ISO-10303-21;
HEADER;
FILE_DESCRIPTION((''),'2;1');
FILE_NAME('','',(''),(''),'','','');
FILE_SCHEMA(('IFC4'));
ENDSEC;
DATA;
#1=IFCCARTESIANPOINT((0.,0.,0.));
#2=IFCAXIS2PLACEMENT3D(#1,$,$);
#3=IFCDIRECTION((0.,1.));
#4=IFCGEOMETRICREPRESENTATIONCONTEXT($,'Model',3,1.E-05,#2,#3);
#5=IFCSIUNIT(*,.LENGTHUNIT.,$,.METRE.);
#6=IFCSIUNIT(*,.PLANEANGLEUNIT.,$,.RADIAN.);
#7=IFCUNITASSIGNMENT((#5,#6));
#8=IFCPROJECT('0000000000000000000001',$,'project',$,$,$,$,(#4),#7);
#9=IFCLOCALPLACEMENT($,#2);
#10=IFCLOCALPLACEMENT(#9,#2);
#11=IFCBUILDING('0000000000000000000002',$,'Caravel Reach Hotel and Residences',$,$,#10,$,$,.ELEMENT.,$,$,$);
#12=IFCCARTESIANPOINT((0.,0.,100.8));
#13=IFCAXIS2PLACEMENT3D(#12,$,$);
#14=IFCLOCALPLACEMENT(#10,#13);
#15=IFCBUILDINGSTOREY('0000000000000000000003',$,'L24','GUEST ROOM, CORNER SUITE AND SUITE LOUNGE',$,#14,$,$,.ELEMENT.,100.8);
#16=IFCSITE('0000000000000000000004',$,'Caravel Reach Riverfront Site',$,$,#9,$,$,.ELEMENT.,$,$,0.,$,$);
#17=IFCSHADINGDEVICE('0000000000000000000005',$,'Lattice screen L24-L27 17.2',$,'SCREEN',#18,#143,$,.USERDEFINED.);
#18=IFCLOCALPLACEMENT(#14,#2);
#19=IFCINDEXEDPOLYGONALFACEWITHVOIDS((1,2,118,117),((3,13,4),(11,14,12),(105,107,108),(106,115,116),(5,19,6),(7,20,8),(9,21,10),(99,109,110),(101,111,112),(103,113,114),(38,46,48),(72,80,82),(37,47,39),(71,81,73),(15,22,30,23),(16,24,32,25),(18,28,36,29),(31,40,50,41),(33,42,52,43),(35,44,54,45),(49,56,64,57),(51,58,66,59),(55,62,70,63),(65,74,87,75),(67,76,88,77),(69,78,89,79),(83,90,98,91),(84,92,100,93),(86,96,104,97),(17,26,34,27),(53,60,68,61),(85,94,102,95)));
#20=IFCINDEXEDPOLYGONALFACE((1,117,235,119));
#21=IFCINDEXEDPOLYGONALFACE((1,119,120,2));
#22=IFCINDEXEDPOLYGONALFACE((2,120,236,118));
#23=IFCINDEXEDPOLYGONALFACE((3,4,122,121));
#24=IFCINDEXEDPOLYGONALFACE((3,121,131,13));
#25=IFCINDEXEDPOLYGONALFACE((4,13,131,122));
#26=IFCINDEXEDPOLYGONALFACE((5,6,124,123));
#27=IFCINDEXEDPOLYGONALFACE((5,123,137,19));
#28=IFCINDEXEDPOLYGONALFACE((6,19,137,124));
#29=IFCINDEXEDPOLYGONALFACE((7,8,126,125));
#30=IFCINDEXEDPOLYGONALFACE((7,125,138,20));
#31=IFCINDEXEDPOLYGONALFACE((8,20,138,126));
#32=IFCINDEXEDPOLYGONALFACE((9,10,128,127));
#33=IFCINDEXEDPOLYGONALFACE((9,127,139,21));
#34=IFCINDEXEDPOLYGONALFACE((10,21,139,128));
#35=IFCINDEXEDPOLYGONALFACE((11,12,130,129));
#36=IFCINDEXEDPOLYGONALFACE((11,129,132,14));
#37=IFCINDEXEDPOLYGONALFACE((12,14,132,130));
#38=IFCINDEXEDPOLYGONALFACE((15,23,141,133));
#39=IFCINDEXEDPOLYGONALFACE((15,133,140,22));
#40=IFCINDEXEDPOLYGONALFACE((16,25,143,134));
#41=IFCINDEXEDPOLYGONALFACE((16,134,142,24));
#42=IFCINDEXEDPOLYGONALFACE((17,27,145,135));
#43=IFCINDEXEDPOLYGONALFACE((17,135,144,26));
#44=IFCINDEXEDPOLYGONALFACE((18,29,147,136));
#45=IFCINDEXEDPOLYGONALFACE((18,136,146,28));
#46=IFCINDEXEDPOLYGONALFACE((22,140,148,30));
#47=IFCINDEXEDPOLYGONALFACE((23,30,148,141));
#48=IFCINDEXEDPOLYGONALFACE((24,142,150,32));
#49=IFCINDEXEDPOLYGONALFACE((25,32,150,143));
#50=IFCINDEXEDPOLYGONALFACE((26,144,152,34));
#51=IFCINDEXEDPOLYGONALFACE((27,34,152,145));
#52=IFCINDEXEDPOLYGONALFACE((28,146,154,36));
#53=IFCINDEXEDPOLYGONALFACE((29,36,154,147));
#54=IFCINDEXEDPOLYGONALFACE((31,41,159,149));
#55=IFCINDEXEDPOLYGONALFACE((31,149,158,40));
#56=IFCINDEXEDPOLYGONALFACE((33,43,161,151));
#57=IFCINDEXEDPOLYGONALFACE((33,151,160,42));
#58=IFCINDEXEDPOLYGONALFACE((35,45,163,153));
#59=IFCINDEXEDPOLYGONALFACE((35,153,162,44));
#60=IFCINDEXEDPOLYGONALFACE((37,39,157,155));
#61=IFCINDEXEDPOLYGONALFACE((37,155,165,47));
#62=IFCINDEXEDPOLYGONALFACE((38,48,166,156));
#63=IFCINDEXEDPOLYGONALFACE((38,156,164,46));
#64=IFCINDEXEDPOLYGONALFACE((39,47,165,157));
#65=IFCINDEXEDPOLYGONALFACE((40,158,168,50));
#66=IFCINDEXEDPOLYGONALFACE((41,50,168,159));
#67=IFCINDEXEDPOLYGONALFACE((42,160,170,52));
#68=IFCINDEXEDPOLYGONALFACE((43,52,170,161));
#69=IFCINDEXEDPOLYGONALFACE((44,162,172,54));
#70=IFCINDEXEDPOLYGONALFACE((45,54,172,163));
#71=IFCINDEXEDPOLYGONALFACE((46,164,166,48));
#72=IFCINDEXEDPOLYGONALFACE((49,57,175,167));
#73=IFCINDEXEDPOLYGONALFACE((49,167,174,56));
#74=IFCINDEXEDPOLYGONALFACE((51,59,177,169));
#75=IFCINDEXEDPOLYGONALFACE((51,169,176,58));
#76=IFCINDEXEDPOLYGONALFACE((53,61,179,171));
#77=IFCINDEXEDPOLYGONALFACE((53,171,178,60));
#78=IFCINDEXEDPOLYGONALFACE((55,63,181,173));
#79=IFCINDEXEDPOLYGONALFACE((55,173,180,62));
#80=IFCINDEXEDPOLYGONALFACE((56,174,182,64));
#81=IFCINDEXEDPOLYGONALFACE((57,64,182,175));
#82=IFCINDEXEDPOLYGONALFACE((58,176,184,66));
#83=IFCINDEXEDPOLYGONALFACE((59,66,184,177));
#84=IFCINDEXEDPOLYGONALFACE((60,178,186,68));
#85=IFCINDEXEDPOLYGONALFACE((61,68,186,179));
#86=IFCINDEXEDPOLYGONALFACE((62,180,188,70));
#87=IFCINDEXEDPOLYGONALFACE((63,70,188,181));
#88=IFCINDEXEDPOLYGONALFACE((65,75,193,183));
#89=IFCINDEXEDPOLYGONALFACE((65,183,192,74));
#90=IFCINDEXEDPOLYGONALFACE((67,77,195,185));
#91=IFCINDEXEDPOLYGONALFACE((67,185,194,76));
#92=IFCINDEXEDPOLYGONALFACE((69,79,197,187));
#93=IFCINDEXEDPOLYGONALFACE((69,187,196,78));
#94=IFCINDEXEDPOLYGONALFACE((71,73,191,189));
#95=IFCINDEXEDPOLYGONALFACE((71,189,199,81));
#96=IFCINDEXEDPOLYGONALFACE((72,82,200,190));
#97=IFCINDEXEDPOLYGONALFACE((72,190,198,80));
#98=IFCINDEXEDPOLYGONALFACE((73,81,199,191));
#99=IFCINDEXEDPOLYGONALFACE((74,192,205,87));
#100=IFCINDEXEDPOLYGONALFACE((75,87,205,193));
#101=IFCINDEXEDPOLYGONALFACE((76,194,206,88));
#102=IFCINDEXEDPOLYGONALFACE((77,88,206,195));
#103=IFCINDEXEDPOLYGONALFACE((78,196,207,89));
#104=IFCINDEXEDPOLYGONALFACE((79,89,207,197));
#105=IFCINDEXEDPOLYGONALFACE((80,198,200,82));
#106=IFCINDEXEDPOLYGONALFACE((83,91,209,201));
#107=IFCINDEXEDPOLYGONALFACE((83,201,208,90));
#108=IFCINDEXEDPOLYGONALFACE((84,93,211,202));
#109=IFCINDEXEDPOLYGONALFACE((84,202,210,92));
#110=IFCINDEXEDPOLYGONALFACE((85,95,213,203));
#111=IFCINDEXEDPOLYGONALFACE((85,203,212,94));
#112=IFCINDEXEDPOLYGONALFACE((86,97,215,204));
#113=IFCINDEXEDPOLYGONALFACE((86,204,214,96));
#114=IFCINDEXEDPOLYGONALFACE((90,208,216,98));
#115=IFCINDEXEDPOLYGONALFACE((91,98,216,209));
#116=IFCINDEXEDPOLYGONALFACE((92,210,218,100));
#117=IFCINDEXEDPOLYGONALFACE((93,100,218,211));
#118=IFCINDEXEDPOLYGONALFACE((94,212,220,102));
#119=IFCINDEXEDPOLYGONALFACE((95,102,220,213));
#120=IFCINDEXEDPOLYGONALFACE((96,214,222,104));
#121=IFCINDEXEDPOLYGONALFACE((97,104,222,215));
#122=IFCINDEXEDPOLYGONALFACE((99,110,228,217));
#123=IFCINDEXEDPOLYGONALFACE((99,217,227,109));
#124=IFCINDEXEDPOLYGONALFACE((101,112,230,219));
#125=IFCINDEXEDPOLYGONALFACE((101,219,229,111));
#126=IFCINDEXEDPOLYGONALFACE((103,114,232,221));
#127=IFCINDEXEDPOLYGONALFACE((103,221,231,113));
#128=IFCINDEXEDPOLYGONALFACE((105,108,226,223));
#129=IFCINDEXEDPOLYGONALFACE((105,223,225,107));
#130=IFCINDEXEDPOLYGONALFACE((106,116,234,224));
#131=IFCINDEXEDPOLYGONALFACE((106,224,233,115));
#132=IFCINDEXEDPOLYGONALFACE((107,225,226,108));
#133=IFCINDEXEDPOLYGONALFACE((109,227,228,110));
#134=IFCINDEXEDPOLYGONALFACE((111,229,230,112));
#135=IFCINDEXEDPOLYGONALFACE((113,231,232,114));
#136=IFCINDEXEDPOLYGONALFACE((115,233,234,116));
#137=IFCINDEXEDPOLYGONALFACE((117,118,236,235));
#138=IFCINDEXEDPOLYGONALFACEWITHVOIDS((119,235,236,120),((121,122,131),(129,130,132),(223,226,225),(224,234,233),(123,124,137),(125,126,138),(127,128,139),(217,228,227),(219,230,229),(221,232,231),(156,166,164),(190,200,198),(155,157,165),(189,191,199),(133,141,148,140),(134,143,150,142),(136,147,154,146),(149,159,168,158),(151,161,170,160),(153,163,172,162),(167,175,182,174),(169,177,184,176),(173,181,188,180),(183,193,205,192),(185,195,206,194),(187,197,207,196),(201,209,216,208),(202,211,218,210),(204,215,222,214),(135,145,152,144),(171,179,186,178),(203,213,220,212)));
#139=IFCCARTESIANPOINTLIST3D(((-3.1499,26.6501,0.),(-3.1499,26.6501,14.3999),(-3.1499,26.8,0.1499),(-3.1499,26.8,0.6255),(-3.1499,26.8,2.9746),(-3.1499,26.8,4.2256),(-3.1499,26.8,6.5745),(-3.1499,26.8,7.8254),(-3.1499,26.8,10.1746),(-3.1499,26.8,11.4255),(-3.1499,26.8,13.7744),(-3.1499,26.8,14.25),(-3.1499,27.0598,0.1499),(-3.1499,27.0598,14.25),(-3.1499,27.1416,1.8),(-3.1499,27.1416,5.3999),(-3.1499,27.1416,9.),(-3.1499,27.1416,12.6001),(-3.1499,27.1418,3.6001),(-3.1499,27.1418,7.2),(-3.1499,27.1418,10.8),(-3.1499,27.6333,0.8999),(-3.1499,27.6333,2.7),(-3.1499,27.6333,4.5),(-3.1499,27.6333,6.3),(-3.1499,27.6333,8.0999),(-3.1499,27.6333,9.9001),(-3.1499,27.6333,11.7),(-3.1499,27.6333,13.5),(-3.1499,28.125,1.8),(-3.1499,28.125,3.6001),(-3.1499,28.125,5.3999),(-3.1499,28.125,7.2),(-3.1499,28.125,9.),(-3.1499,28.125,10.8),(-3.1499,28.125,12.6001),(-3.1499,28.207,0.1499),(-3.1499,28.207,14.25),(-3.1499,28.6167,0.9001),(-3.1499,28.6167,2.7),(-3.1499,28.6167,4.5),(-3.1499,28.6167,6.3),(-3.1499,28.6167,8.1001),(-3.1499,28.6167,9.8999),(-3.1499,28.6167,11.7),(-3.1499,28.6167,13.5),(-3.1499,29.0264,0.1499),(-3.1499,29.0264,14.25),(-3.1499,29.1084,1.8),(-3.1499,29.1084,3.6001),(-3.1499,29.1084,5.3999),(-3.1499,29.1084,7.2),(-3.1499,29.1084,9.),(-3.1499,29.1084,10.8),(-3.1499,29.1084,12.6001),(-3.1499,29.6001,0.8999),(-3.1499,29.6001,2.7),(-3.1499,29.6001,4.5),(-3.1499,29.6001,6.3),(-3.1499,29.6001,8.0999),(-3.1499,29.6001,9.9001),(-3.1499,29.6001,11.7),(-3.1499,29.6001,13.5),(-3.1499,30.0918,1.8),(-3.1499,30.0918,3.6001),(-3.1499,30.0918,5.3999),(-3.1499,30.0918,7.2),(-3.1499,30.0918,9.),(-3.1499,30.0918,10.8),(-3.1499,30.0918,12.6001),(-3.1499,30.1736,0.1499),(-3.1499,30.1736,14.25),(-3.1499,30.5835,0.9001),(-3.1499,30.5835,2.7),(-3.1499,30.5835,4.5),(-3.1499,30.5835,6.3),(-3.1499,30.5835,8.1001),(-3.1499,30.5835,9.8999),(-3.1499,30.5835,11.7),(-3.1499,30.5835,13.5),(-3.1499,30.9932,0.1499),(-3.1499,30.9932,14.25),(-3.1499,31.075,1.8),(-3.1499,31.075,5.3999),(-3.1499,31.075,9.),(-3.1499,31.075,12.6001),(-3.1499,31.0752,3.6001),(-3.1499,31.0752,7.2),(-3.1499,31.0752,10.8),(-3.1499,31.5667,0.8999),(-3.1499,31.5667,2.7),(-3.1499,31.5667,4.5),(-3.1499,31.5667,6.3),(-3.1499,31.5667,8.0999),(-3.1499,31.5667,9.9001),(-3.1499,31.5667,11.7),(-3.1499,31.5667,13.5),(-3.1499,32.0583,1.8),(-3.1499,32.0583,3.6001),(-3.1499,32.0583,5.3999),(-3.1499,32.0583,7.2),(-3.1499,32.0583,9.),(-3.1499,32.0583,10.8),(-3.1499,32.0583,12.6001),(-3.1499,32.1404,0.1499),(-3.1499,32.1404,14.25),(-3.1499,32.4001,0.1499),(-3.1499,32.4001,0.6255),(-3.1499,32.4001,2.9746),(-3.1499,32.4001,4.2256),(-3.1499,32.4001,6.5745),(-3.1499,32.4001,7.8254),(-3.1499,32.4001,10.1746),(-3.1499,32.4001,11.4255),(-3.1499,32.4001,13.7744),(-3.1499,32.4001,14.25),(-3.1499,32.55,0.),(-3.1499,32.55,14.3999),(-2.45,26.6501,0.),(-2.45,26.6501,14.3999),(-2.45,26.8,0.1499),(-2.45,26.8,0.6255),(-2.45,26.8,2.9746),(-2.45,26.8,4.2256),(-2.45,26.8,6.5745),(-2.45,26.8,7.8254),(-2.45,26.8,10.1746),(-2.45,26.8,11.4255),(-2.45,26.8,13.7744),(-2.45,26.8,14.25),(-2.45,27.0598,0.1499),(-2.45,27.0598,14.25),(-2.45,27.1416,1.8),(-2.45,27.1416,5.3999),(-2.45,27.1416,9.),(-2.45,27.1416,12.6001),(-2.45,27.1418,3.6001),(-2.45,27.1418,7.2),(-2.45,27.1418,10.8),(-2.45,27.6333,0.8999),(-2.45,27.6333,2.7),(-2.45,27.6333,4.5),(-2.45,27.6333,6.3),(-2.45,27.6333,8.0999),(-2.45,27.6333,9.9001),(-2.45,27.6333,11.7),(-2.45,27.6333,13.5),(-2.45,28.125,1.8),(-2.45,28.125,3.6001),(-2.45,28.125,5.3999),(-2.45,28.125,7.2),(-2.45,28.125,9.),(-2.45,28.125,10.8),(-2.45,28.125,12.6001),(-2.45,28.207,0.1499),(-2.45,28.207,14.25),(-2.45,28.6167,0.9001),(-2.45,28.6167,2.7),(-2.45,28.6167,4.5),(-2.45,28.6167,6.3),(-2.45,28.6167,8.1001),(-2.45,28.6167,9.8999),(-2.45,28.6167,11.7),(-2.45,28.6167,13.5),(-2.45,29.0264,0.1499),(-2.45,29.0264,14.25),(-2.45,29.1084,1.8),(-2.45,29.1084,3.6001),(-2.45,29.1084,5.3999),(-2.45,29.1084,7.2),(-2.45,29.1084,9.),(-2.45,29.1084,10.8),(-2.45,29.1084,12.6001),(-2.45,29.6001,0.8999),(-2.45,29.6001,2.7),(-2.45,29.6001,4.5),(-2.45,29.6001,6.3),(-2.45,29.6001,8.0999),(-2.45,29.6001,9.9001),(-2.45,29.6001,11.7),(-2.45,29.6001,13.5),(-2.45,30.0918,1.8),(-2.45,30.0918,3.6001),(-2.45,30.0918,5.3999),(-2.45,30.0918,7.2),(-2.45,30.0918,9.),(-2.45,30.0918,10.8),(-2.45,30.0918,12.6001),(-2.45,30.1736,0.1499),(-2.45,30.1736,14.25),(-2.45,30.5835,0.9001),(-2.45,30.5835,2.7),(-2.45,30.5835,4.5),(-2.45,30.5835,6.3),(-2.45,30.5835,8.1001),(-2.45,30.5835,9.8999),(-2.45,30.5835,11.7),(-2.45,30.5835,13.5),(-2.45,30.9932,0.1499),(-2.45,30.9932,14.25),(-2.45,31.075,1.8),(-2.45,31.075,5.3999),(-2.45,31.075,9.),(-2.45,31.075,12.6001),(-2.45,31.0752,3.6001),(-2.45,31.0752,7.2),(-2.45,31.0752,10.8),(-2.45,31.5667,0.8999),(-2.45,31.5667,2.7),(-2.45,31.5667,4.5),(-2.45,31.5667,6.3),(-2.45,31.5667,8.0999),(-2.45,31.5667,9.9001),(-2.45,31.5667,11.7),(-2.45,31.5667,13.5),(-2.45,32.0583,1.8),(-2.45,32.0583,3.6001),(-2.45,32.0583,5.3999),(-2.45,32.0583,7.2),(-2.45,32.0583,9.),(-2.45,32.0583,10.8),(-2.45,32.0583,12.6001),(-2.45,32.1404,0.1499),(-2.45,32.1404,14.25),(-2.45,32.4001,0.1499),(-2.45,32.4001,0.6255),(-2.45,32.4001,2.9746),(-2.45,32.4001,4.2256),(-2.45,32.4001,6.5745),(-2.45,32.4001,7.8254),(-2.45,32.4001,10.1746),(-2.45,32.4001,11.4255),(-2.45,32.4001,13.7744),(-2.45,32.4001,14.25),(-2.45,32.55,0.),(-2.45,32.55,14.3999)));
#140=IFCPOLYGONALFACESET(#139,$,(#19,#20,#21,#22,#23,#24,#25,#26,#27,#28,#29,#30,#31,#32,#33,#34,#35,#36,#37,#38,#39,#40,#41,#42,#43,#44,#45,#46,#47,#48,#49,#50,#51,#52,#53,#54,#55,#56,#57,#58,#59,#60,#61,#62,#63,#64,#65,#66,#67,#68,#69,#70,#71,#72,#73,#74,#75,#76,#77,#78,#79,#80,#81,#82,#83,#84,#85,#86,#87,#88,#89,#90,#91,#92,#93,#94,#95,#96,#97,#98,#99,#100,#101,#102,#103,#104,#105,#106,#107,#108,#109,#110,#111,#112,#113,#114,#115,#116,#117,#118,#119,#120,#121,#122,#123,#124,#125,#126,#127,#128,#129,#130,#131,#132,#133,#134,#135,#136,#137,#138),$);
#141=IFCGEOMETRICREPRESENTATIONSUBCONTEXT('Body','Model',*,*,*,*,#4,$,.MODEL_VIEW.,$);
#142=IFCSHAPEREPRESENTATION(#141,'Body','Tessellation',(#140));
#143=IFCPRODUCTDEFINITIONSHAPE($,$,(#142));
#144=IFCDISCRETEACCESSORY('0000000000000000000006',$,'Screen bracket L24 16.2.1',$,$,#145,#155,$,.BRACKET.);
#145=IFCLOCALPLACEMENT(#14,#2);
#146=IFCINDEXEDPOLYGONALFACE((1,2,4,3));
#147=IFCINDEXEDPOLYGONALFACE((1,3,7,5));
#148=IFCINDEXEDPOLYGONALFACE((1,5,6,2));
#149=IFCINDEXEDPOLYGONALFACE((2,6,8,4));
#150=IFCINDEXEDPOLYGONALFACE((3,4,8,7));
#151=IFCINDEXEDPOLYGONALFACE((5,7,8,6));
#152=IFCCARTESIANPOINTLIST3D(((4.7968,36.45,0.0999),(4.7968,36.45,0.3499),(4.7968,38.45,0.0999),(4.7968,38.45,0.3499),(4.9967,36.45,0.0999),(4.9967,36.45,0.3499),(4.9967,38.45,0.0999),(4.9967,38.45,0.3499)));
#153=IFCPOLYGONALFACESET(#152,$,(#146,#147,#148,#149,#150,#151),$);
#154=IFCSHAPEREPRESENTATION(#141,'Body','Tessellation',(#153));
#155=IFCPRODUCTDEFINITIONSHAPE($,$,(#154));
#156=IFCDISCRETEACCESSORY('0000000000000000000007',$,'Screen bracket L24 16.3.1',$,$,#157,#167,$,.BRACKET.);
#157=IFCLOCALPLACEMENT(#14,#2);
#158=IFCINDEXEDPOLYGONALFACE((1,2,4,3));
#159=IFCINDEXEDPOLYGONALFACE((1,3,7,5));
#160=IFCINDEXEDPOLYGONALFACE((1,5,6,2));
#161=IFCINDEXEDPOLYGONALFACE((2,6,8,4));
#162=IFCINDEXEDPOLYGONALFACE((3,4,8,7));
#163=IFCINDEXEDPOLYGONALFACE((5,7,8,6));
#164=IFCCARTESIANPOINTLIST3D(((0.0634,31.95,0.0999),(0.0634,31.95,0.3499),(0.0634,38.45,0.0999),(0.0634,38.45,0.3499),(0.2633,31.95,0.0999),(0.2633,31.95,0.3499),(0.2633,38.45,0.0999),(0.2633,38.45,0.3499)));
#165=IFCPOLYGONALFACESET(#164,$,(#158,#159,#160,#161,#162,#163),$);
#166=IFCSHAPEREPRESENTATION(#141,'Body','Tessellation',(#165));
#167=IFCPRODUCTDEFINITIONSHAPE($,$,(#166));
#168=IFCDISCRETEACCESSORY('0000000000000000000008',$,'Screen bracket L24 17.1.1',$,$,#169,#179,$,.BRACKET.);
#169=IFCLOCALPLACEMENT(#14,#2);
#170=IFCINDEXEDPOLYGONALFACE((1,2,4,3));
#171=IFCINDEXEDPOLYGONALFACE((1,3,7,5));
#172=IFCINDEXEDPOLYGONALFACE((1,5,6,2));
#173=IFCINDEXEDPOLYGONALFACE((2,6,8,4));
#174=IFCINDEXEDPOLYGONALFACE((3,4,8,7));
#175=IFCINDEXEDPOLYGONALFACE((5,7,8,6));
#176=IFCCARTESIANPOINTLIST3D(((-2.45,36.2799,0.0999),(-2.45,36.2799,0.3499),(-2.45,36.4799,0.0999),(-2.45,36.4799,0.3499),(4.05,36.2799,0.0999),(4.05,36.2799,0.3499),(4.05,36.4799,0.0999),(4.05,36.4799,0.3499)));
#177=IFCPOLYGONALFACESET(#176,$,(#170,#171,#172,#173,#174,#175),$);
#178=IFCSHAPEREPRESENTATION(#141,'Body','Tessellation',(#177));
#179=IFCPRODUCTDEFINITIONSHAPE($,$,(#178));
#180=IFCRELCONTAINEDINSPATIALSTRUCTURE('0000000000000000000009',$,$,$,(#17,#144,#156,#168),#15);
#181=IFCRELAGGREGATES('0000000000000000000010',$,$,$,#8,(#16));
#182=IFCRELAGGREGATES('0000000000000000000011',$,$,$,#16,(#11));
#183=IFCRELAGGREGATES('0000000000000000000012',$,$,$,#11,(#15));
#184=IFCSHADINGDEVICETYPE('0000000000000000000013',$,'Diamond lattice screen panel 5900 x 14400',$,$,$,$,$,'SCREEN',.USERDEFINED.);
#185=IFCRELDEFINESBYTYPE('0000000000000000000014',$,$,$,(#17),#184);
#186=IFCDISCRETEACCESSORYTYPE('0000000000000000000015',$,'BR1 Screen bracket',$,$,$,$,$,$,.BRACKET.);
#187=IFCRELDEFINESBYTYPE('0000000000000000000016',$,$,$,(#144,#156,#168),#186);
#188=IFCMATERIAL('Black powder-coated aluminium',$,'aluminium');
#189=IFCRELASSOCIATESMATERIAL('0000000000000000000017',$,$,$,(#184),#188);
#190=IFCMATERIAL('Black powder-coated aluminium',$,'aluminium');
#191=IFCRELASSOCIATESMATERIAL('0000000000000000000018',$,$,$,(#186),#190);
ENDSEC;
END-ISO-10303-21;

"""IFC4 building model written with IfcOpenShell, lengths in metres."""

from ifc_helpers import new_model, si_unit, direction, frame, origin, origin_2d, place, context, subcontext, project, spatial, polyline, rectangle, outline, extrude, material, type_object, element, save


model = new_model("IFC4")

# Units and contexts
model_context = context("Model", 3, precision=1e-05, world=origin(), true_north=direction((0.0, 1.0)))
body_context = subcontext(model_context, "Body", "Model", "MODEL_VIEW")
ifc_project = project(units=[si_unit("LENGTHUNIT", "METRE"), si_unit("PLANEANGLEUNIT", "RADIAN")], contexts=[model_context])

# Site, building, storey
site_placement = place(None, origin())
site = spatial("IfcSite", under=ifc_project, at=site_placement, Name="Caravel Reach Riverfront Site", CompositionType="ELEMENT", RefElevation=0.0)
building_placement = place(site_placement, origin())
building = spatial("IfcBuilding", under=site, at=building_placement, Name="Caravel Reach Hotel and Residences", CompositionType="ELEMENT")
storey_placement = place(building_placement, frame((0.0, 0.0, 100.8)))
storey = spatial("IfcBuildingStorey", under=building, at=storey_placement, Name="L24", Description="GUEST ROOM, CORNER SUITE AND SUITE LOUNGE", CompositionType="ELEMENT", Elevation=100.8)

# Shading device
ifc_material_1 = material(Name="Black powder-coated aluminium", Category="aluminium")
shading_device_type_1 = type_object("IfcShadingDeviceType", Name="Diamond lattice screen panel 5900 x 14400", ElementType="SCREEN", PredefinedType="USERDEFINED", material=ifc_material_1)
shading_device_1_placement = place(storey_placement, frame((-2.45, 32.55, 0.0), z_axis=(-1.0, 0.0, 0.0), x_axis=(0.0, -1.0, 0.0)))
element("IfcShadingDevice", 1, at=shading_device_1_placement, inside=storey, type_object=shading_device_type_1, Name="Lattice screen L24-L27 17.2", ObjectType="SCREEN", PredefinedType="USERDEFINED", context=body_context, shape_type="SweptSolid", body=[
    extrude(outline(polyline([(0.0, 0.0), (5.8999, 0.0), (5.8999, 14.3999), (0.0, 14.3999), (0.0, 0.0)]), holes=[polyline([(0.4097, 0.1499), (0.1499, 0.6255), (0.1499, 0.1499), (0.4097, 0.1499)]), polyline([(0.4917, 3.6001), (0.1499, 4.2256), (0.1499, 2.9746), (0.4917, 3.6001)]), polyline([(0.4917, 7.2), (0.1499, 7.8254), (0.1499, 6.5745), (0.4917, 7.2)]), polyline([(0.4917, 10.8), (0.1499, 11.4255), (0.1499, 10.1746), (0.4917, 10.8)]), polyline([(0.1499, 13.7744), (0.4097, 14.25), (0.1499, 14.25), (0.1499, 13.7744)]), polyline([(0.9834, 2.7), (0.4917, 1.8), (0.9834, 0.8999), (1.4751, 1.8), (0.9834, 2.7)]), polyline([(0.9834, 6.3), (0.4917, 5.3999), (0.9834, 4.5), (1.4751, 5.3999), (0.9834, 6.3)]), polyline([(0.9834, 9.9001), (0.4917, 9.0), (0.9834, 8.0999), (1.4751, 9.0), (0.9834, 9.9001)]), polyline([(0.9834, 13.5), (0.4917, 12.6001), (0.9834, 11.7), (1.4751, 12.6001), (0.9834, 13.5)]), polyline([(1.9666, 0.9001), (1.5569, 0.1499), (2.3765, 0.1499), (1.9666, 0.9001)]), polyline([(1.9666, 4.5), (1.4749, 3.6001), (1.9666, 2.7), (2.4583, 3.6001), (1.9666, 4.5)]), polyline([(1.9666, 8.1001), (1.4749, 7.2), (1.9666, 6.3), (2.4583, 7.2), (1.9666, 8.1001)]), polyline([(1.9666, 11.7), (1.4749, 10.8), (1.9666, 9.8999), (2.4583, 10.8), (1.9666, 11.7)]), polyline([(1.9666, 13.5), (2.3765, 14.25), (1.5569, 14.25), (1.9666, 13.5)]), polyline([(2.95, 2.7), (2.4583, 1.8), (2.95, 0.8999), (3.4417, 1.8), (2.95, 2.7)]), polyline([(2.95, 6.3), (2.4583, 5.3999), (2.95, 4.5), (3.4417, 5.3999), (2.95, 6.3)]), polyline([(2.95, 9.9001), (2.4583, 9.0), (2.95, 8.0999), (3.4417, 9.0), (2.95, 9.9001)]), polyline([(2.95, 13.5), (2.4583, 12.6001), (2.95, 11.7), (3.4417, 12.6001), (2.95, 13.5)]), polyline([(3.9333, 0.9001), (3.5237, 0.1499), (4.343, 0.1499), (3.9333, 0.9001)]), polyline([(3.9333, 4.5), (3.4417, 3.6001), (3.9333, 2.7), (4.425, 3.6001), (3.9333, 4.5)]), polyline([(3.9333, 8.1001), (3.4417, 7.2), (3.9333, 6.3), (4.425, 7.2), (3.9333, 8.1001)]), polyline([(3.9333, 11.7), (3.4417, 10.8), (3.9333, 9.8999), (4.425, 10.8), (3.9333, 11.7)]), polyline([(3.9333, 13.5), (4.343, 14.25), (3.5237, 14.25), (3.9333, 13.5)]), polyline([(4.9167, 2.7), (4.425, 1.8), (4.9167, 0.8999), (5.4084, 1.8), (4.9167, 2.7)]), polyline([(4.9167, 6.3), (4.425, 5.3999), (4.9167, 4.5), (5.4084, 5.3999), (4.9167, 6.3)]), polyline([(4.9167, 9.9001), (4.425, 9.0), (4.9167, 8.0999), (5.4084, 9.0), (4.9167, 9.9001)]), polyline([(4.9167, 13.5), (4.425, 12.6001), (4.9167, 11.7), (5.4084, 12.6001), (4.9167, 13.5)]), polyline([(5.75, 0.6255), (5.4902, 0.1499), (5.75, 0.1499), (5.75, 0.6255)]), polyline([(5.4082, 3.6001), (5.75, 2.9746), (5.75, 4.2256), (5.4082, 3.6001)]), polyline([(5.4082, 7.2), (5.75, 6.5745), (5.75, 7.8254), (5.4082, 7.2)]), polyline([(5.4082, 10.8), (5.75, 10.1746), (5.75, 11.4255), (5.4082, 10.8)]), polyline([(5.4902, 14.25), (5.75, 13.7744), (5.75, 14.25), (5.4902, 14.25)])]), origin(), (0.0, 0.0, 1.0), 0.7),
])

# Discrete accessories
ifc_material_2 = material(Name="Black powder-coated aluminium", Category="aluminium")
discrete_accessory_type = type_object("IfcDiscreteAccessoryType", Name="BR1 Screen bracket", PredefinedType="BRACKET", material=ifc_material_2)
discrete_accessory_placement = place(storey_placement, frame((4.8967, 37.45, 0.0999), z_axis=(0.0, 0.0, 1.0), x_axis=(0.0, 1.0, 0.0)))
element("IfcDiscreteAccessory", 2, at=discrete_accessory_placement, inside=storey, type_object=discrete_accessory_type, Name="Screen bracket L24 16.2.1", PredefinedType="BRACKET", context=body_context, shape_type="SweptSolid", body=[
    extrude(rectangle(XDim=2.0, YDim=0.2, at=origin_2d()), origin(), (0.0, 0.0, 1.0), 0.25),
])
for number, where, z_axis, x_axis, name in (
    (3, (0.1633, 35.2, 0.0999), (0.0, 0.0, 1.0), (0.0, 1.0, 0.0), "Screen bracket L24 16.3.1"),
    (4, (0.8, 36.3799, 0.0999), (0.0, 0.0, 1.0), (-1.0, 0.0, 0.0), "Screen bracket L24 17.1.1"),
):
    element("IfcDiscreteAccessory", number, at=place(storey_placement, frame(where, z_axis=z_axis, x_axis=x_axis)), inside=storey, type_object=discrete_accessory_type, Name=name, PredefinedType="BRACKET", context=body_context, shape_type="SweptSolid", body=[
        extrude(rectangle(XDim=6.5, YDim=0.2, at=origin_2d()), origin(), (0.0, 0.0, 1.0), 0.25),
    ])

save(model, "model.ifc")
